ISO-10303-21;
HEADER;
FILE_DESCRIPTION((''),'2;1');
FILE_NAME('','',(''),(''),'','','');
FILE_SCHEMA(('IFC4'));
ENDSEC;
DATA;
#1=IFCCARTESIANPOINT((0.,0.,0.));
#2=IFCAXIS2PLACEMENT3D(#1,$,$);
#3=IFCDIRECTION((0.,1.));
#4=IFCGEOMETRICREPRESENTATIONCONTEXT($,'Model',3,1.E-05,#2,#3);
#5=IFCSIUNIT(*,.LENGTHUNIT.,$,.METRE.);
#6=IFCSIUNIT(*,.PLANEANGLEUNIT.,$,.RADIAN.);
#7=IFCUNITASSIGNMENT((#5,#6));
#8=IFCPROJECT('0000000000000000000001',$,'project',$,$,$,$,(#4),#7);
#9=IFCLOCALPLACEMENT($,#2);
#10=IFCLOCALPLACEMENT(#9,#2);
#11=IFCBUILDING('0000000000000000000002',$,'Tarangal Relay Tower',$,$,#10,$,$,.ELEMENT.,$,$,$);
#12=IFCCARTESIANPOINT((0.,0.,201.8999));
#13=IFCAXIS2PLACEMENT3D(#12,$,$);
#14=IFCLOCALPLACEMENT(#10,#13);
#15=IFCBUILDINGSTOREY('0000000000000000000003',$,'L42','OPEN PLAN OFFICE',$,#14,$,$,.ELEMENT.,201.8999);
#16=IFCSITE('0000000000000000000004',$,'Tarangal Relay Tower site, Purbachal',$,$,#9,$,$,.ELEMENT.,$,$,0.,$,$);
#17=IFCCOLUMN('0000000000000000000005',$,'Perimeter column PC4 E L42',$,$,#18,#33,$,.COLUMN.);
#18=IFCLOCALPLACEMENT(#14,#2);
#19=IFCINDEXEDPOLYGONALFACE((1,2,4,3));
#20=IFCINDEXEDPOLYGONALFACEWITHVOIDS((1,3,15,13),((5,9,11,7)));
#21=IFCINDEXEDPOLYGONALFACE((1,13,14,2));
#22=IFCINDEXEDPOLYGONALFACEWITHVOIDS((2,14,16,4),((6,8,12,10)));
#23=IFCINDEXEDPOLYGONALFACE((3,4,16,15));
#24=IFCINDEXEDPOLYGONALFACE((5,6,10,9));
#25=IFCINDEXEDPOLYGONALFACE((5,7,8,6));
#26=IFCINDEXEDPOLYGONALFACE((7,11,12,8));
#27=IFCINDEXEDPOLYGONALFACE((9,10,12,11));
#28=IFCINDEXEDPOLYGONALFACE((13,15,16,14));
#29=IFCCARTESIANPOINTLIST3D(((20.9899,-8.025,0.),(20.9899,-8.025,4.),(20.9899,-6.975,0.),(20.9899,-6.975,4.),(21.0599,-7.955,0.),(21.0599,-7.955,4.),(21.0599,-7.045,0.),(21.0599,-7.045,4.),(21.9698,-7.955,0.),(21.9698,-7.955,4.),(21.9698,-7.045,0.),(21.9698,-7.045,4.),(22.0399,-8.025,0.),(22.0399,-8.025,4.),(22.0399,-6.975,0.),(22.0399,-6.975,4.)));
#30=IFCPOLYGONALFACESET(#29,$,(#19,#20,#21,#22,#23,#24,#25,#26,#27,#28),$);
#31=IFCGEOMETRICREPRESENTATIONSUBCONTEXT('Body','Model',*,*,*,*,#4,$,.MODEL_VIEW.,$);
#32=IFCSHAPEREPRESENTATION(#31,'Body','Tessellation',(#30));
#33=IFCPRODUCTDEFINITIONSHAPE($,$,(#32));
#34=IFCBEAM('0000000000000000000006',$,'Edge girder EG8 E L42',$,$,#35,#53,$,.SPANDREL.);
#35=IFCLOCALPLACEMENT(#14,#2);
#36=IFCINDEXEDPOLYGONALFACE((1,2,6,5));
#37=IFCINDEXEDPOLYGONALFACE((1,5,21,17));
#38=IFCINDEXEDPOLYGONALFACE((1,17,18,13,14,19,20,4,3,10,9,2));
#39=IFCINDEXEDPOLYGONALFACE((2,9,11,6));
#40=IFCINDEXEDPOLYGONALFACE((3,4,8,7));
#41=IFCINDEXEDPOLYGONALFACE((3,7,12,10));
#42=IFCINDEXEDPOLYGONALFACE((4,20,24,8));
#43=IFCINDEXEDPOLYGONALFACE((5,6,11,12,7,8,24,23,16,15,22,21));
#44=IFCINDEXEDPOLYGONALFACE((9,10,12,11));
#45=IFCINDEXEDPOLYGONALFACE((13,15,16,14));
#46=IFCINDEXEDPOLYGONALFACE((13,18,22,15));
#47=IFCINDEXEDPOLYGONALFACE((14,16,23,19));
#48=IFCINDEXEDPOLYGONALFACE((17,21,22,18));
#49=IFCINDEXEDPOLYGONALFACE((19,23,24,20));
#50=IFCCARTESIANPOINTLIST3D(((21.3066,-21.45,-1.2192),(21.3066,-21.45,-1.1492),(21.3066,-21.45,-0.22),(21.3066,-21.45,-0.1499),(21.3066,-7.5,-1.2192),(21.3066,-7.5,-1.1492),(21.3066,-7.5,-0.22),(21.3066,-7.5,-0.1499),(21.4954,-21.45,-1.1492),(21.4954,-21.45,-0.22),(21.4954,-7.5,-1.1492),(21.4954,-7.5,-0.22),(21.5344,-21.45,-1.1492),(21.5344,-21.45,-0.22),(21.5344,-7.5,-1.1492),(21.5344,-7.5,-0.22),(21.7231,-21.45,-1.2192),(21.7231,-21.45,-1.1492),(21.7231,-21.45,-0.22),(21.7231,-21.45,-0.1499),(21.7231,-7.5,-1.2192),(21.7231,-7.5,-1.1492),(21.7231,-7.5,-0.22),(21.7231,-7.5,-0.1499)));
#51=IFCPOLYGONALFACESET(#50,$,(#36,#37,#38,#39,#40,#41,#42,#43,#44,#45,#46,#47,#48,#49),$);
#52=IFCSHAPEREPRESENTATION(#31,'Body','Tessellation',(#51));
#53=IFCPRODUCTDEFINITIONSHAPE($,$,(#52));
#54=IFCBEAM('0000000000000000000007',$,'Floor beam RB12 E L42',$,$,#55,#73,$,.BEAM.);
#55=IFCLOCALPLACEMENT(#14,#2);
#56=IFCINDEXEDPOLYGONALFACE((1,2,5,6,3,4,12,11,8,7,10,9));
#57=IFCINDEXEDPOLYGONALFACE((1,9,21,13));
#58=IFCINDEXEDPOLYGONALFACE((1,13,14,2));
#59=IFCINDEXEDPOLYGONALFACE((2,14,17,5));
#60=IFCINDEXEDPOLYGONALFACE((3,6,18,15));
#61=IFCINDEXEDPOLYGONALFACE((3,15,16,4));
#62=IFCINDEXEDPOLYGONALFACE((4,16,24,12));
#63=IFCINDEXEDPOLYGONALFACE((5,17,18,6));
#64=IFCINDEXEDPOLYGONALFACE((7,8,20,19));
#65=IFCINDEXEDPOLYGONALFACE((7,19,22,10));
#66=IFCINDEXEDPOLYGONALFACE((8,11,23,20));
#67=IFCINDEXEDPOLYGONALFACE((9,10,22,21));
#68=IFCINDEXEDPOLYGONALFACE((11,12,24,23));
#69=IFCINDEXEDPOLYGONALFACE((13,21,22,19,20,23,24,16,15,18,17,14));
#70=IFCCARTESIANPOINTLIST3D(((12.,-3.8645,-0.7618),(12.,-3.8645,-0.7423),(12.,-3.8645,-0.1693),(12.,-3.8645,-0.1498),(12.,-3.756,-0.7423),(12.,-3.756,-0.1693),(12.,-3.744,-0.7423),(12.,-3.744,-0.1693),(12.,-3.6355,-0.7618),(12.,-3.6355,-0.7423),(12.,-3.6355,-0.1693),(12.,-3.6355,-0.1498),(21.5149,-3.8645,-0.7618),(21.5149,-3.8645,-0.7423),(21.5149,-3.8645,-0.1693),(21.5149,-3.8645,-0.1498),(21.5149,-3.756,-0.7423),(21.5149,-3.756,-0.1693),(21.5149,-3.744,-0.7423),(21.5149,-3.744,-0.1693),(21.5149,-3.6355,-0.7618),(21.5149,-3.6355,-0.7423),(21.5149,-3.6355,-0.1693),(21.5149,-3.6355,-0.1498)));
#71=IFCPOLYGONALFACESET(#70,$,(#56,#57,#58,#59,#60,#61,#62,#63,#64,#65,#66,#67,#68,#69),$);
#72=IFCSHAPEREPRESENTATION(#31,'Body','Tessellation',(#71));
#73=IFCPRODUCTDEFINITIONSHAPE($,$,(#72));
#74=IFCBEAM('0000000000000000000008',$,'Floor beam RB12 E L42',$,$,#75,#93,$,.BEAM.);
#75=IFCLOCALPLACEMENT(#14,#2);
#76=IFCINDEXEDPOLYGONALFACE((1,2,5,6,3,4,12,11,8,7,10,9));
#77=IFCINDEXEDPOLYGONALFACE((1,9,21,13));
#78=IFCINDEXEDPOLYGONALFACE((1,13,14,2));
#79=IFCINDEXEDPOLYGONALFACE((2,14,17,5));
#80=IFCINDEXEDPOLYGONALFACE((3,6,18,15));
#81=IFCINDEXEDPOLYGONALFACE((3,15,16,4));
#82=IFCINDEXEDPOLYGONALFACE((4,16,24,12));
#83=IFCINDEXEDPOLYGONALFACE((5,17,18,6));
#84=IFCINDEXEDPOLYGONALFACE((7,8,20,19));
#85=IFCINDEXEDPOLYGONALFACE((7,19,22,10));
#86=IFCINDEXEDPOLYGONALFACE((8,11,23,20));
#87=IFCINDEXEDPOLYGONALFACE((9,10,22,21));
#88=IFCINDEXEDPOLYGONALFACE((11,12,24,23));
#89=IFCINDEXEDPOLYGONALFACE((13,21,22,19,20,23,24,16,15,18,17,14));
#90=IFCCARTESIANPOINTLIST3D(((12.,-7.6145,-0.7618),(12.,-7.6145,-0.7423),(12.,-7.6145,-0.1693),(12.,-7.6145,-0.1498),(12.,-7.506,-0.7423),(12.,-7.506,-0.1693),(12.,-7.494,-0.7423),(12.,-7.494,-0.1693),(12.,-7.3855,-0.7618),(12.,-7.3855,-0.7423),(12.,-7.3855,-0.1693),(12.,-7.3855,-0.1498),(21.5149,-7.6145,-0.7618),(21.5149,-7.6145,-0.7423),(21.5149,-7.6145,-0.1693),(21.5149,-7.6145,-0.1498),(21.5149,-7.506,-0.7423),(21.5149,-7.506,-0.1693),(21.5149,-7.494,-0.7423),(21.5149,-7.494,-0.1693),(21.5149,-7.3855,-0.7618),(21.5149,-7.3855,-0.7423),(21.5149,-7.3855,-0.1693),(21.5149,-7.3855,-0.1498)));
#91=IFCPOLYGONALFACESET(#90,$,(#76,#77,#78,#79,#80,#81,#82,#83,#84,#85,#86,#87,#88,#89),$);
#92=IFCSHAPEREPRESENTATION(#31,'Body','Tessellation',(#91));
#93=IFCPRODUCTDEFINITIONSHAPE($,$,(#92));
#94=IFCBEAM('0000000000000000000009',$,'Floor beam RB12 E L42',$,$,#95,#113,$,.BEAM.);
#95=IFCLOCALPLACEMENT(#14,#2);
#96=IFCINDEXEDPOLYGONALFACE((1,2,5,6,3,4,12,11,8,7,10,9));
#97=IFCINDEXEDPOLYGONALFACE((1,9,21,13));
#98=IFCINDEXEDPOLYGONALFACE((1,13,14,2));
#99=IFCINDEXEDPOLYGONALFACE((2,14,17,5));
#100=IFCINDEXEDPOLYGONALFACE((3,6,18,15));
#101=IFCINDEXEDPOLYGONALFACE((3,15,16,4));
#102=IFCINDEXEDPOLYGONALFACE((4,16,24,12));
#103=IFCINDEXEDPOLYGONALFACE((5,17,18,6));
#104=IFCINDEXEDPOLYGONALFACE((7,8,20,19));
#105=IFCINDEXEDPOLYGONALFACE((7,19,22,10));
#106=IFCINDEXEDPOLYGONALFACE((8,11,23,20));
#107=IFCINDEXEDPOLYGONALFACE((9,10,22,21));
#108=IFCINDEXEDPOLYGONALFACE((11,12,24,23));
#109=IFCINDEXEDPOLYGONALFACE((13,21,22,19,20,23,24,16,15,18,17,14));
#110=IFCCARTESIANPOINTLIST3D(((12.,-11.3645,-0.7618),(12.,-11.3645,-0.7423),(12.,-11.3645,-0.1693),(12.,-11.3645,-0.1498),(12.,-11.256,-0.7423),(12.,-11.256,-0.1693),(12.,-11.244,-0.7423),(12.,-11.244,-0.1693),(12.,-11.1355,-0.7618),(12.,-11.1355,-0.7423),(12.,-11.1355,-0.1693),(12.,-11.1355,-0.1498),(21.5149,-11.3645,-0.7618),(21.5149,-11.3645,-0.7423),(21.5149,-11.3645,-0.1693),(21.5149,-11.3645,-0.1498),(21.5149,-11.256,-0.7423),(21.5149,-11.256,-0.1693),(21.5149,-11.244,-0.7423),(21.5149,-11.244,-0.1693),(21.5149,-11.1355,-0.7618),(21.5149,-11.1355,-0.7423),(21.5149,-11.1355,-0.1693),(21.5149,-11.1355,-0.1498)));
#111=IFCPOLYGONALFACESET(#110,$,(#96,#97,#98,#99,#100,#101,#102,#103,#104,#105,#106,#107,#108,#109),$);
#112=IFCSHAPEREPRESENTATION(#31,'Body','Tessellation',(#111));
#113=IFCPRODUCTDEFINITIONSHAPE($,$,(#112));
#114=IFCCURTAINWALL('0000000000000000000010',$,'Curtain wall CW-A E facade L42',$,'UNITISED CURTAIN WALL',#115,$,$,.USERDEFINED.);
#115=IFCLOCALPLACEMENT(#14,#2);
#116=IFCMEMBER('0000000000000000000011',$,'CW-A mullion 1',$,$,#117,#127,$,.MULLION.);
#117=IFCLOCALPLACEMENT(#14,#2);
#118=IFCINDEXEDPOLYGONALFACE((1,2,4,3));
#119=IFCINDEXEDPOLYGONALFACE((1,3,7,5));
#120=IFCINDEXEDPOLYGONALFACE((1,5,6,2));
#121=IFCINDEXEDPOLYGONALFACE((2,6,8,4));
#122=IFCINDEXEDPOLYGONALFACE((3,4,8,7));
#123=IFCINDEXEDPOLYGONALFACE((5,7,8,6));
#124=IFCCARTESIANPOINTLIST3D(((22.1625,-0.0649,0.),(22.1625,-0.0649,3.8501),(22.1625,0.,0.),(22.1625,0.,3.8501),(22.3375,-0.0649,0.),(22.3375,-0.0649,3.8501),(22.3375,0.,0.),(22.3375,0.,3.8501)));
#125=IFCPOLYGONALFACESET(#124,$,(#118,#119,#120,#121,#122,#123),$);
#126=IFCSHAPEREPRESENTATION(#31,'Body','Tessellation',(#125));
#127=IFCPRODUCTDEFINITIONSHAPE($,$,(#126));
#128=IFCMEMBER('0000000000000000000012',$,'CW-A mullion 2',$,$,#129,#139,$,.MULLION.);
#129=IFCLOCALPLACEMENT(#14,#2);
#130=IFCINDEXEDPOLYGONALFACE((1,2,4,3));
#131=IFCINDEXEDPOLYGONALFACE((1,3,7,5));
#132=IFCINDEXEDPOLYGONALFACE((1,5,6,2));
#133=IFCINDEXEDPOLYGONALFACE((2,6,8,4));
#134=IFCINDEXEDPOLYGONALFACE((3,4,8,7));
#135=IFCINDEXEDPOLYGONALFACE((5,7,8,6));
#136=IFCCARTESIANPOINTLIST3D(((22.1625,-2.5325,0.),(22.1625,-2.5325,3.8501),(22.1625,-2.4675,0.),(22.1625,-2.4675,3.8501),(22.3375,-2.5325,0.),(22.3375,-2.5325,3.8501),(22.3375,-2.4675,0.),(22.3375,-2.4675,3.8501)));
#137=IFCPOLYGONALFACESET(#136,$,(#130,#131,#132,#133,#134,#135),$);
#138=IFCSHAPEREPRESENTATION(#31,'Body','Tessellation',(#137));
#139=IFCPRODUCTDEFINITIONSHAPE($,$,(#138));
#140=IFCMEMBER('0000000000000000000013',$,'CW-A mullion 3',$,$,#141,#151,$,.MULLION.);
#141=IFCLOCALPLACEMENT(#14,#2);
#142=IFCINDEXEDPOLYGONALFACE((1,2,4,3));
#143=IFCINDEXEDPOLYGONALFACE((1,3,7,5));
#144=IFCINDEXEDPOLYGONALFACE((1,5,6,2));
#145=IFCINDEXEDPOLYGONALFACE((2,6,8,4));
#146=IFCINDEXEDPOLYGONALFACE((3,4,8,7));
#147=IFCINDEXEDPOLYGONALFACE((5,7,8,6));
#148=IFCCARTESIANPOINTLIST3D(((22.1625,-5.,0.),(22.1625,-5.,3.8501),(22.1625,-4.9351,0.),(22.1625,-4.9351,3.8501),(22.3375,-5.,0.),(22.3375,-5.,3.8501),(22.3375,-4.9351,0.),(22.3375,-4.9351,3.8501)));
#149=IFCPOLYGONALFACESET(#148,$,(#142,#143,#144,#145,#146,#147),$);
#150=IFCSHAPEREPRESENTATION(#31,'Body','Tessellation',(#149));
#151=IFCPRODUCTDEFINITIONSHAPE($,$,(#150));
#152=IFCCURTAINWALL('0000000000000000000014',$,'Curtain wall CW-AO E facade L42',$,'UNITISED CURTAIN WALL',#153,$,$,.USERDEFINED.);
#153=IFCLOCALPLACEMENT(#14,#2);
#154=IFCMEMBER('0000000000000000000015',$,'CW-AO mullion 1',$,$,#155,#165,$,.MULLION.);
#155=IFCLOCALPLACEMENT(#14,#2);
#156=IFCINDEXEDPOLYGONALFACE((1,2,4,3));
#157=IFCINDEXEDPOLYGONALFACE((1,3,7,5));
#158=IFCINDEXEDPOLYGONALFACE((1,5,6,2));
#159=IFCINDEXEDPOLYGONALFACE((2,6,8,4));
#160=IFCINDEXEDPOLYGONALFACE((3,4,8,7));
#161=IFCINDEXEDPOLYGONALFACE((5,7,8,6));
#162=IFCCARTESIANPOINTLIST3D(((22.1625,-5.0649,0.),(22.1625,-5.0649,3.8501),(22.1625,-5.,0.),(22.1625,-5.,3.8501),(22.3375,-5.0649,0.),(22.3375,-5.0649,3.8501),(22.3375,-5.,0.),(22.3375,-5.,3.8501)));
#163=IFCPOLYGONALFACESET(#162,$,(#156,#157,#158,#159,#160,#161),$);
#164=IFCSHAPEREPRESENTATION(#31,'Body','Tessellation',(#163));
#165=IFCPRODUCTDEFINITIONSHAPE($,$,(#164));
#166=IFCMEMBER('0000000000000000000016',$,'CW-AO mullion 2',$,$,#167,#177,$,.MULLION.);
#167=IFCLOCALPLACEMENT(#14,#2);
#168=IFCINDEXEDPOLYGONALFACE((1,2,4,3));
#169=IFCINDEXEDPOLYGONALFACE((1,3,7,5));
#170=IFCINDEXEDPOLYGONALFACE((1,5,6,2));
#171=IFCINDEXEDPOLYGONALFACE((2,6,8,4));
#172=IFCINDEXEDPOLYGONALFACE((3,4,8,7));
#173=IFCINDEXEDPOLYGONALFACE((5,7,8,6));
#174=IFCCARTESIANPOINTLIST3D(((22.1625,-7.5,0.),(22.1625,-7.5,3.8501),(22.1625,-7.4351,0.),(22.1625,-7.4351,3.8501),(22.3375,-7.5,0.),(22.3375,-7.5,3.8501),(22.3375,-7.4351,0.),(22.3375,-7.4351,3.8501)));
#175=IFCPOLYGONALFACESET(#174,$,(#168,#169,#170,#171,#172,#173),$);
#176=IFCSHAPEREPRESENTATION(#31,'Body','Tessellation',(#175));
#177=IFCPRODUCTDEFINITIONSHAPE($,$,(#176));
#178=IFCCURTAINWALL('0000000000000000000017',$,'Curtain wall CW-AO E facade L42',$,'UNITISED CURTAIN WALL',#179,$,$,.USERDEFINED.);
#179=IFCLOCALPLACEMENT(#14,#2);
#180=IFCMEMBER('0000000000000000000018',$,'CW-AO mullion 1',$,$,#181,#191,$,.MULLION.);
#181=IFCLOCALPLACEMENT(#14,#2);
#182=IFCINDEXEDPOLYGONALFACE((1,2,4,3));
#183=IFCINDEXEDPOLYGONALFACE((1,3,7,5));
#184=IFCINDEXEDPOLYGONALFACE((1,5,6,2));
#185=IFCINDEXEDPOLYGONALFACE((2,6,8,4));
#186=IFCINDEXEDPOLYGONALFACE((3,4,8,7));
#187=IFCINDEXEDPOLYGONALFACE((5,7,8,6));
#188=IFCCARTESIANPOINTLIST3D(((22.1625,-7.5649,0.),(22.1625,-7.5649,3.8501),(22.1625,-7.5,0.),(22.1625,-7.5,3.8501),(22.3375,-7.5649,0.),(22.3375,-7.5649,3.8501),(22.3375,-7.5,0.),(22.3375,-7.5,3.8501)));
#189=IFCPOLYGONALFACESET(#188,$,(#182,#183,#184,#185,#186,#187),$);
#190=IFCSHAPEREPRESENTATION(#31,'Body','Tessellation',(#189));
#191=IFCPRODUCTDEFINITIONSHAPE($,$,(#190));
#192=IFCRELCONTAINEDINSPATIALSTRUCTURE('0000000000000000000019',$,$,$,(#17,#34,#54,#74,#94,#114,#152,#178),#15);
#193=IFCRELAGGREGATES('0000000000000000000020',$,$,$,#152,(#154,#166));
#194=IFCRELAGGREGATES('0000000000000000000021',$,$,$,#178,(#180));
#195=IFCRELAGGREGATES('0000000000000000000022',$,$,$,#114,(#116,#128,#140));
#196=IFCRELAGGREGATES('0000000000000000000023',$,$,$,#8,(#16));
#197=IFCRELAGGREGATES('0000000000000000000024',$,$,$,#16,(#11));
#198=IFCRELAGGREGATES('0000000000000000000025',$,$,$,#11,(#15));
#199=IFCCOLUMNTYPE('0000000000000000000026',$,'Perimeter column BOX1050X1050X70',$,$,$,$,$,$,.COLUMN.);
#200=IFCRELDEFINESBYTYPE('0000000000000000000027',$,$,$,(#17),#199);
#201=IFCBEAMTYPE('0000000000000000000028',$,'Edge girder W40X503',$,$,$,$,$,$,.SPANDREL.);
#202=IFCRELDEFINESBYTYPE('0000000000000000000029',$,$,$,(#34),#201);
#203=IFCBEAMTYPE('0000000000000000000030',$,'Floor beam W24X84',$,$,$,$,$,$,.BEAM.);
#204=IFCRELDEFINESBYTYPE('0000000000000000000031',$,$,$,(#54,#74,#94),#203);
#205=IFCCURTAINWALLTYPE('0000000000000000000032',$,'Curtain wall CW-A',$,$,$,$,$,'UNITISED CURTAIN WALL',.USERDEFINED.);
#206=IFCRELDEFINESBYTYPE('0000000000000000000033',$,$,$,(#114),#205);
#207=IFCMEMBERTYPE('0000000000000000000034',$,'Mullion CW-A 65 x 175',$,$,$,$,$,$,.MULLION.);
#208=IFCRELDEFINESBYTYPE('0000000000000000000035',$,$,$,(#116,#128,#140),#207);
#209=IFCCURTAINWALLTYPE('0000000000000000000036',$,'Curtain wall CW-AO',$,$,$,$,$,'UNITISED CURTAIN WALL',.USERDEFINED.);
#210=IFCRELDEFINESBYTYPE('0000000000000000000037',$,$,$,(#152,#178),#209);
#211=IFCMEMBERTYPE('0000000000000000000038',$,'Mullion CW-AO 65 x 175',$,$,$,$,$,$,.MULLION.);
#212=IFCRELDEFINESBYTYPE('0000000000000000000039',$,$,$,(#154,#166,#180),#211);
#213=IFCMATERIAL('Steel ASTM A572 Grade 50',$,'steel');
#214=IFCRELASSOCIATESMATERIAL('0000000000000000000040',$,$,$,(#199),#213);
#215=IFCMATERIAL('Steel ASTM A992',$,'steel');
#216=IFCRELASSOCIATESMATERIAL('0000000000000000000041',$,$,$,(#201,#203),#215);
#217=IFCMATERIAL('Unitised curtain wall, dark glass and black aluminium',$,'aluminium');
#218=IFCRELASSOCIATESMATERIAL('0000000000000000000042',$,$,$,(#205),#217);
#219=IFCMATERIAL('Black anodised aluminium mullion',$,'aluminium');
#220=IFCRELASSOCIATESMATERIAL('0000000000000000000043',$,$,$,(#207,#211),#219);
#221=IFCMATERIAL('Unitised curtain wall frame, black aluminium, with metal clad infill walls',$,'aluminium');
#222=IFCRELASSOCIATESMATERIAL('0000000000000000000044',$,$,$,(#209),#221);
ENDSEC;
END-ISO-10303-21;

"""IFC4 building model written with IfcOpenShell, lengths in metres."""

from ifc_helpers import new_model, si_unit, direction, frame, origin, origin_2d, place, context, subcontext, project, spatial, rectangle, hollow_rectangle, i_section, extrude, material, material_profile, profile_set, type_object, element, aggregate, save


model = new_model("IFC4")

# Units and contexts
model_context = context("Model", 3, precision=1e-05, world=origin(), true_north=direction((0.0, 1.0)))
body_context = subcontext(model_context, "Body", "Model", "MODEL_VIEW")
ifc_project = project(units=[si_unit("LENGTHUNIT", "METRE"), si_unit("PLANEANGLEUNIT", "RADIAN")], contexts=[model_context])

# Site, building, storey
site_placement = place(None, origin())
site = spatial("IfcSite", under=ifc_project, at=site_placement, Name="Tarangal Relay Tower site, Purbachal", CompositionType="ELEMENT", RefElevation=0.0)
building_placement = place(site_placement, origin())
building = spatial("IfcBuilding", under=site, at=building_placement, Name="Tarangal Relay Tower", CompositionType="ELEMENT")
storey_placement = place(building_placement, frame((0.0, 0.0, 201.8999)))
storey = spatial("IfcBuildingStorey", under=building, at=storey_placement, Name="L42", Description="OPEN PLAN OFFICE", CompositionType="ELEMENT", Elevation=201.8999)

# Column
ifc_material_1 = material(Name="Steel ASTM A572 Grade 50", Category="steel")
ifc_material_profile_1 = material_profile(ifc_material_1, hollow_rectangle(XDim=1.05, YDim=1.05, WallThickness=0.0701, at=origin_2d()), Name="BOX1050X1050X70")
ifc_profile_set_1 = profile_set([ifc_material_profile_1], Name="Steel ASTM A572 Grade 50")
column_type = type_object("IfcColumnType", Name="Perimeter column BOX1050X1050X70", PredefinedType="COLUMN", material=ifc_profile_set_1)
column_placement = place(storey_placement, frame((21.5149, -7.5, 0.0), z_axis=(0.0, 0.0, 1.0), x_axis=(1.0, 0.0, 0.0)))
element("IfcColumn", 1, at=column_placement, inside=storey, type_object=column_type, Name="Perimeter column PC4 E L42", PredefinedType="COLUMN", context=body_context, shape_type="SweptSolid", body=[
    extrude(hollow_rectangle(XDim=1.05, YDim=1.05, WallThickness=0.0701, at=origin_2d()), origin(), (0.0, 0.0, 1.0), 4.0),
])

# Beams
ifc_material_2 = material(Name="Steel ASTM A992", Category="steel")
ifc_material_profile_2 = material_profile(ifc_material_2, i_section(OverallWidth=0.4165, OverallDepth=1.0693, WebThickness=0.0391, FlangeThickness=0.0701, at=origin_2d()), Name="W40X503")
ifc_profile_set_2 = profile_set([ifc_material_profile_2], Name="Steel ASTM A992")
beam_type_1 = type_object("IfcBeamType", Name="Edge girder W40X503", PredefinedType="SPANDREL", material=ifc_profile_set_2)
beam_placement = place(storey_placement, frame((21.5149, -7.5, -0.6846), z_axis=(0.0, -1.0, 0.0), x_axis=(1.0, 0.0, 0.0)))
element("IfcBeam", 2, at=beam_placement, inside=storey, type_object=beam_type_1, Name="Edge girder EG8 E L42", PredefinedType="SPANDREL", context=body_context, shape_type="SweptSolid", body=[
    extrude(i_section(OverallWidth=0.4165, OverallDepth=1.0693, WebThickness=0.0391, FlangeThickness=0.0701, at=origin_2d()), origin(), (0.0, 0.0, 1.0), 13.95),
])
ifc_material_profile_3 = material_profile(ifc_material_2, i_section(OverallWidth=0.229, OverallDepth=0.6121, WebThickness=0.012, FlangeThickness=0.0195, at=origin_2d()), Name="W24X84")
ifc_profile_set_3 = profile_set([ifc_material_profile_3], Name="Steel ASTM A992")
beam_type_2 = type_object("IfcBeamType", Name="Floor beam W24X84", PredefinedType="BEAM", material=ifc_profile_set_3)
for number, where, z_axis, x_axis, name in (
    (3, (12.0, -3.75, -0.4558), (1.0, 0.0, 0.0), (0.0, 1.0, 0.0), "Floor beam RB12 E L42"),
    (4, (12.0, -7.5, -0.4558), (1.0, 0.0, 0.0), (0.0, 1.0, 0.0), "Floor beam RB12 E L42"),
    (5, (12.0, -11.25, -0.4558), (1.0, 0.0, 0.0), (0.0, 1.0, 0.0), "Floor beam RB12 E L42"),
):
    element("IfcBeam", number, at=place(storey_placement, frame(where, z_axis=z_axis, x_axis=x_axis)), inside=storey, type_object=beam_type_2, Name=name, PredefinedType="BEAM", context=body_context, shape_type="SweptSolid", body=[
        extrude(i_section(OverallWidth=0.229, OverallDepth=0.6121, WebThickness=0.012, FlangeThickness=0.0195, at=origin_2d()), origin(), (0.0, 0.0, 1.0), 9.5149),
    ])

# Curtain walls, members
ifc_material_3 = material(Name="Unitised curtain wall, dark glass and black aluminium", Category="aluminium")
curtain_wall_type_1 = type_object("IfcCurtainWallType", Name="Curtain wall CW-A", ElementType="UNITISED CURTAIN WALL", PredefinedType="USERDEFINED", material=ifc_material_3)
curtain_wall_1_placement = place(storey_placement, origin())
curtain_wall_1 = element("IfcCurtainWall", 6, at=curtain_wall_1_placement, inside=storey, type_object=curtain_wall_type_1, Name="Curtain wall CW-A E facade L42", ObjectType="UNITISED CURTAIN WALL", PredefinedType="USERDEFINED")
ifc_material_4 = material(Name="Black anodised aluminium mullion", Category="aluminium")
ifc_material_profile_4 = material_profile(ifc_material_4, rectangle(XDim=0.175, YDim=0.0649, at=origin_2d()), Name="CW-AM 65X175")
ifc_profile_set_4 = profile_set([ifc_material_profile_4], Name="Black anodised aluminium mullion")
member_type_1 = type_object("IfcMemberType", Name="Mullion CW-A 65 x 175", PredefinedType="MULLION", material=ifc_profile_set_4)
member_1_placement = place(storey_placement, frame((22.25, -0.0325, 0.0), z_axis=(0.0, 0.0, 1.0), x_axis=(1.0, 0.0, 0.0)))
member_1 = element("IfcMember", 7, at=member_1_placement, type_object=member_type_1, Name="CW-A mullion 1", PredefinedType="MULLION", context=body_context, shape_type="SweptSolid", body=[
    extrude(rectangle(XDim=0.175, YDim=0.0649, at=origin_2d()), origin(), (0.0, 0.0, 1.0), 3.8501),
])
member_2_placement = place(storey_placement, frame((22.25, -2.5, 0.0), z_axis=(0.0, 0.0, 1.0), x_axis=(1.0, 0.0, 0.0)))
member_2 = element("IfcMember", 8, at=member_2_placement, type_object=member_type_1, Name="CW-A mullion 2", PredefinedType="MULLION", context=body_context, shape_type="SweptSolid", body=[
    extrude(rectangle(XDim=0.175, YDim=0.0649, at=origin_2d()), origin(), (0.0, 0.0, 1.0), 3.8501),
])
member_3_placement = place(storey_placement, frame((22.25, -4.9675, 0.0), z_axis=(0.0, 0.0, 1.0), x_axis=(1.0, 0.0, 0.0)))
member_3 = element("IfcMember", 9, at=member_3_placement, type_object=member_type_1, Name="CW-A mullion 3", PredefinedType="MULLION", context=body_context, shape_type="SweptSolid", body=[
    extrude(rectangle(XDim=0.175, YDim=0.0649, at=origin_2d()), origin(), (0.0, 0.0, 1.0), 3.8501),
])
ifc_material_5 = material(Name="Unitised curtain wall frame, black aluminium, with metal clad infill walls", Category="aluminium")
curtain_wall_type_2 = type_object("IfcCurtainWallType", Name="Curtain wall CW-AO", ElementType="UNITISED CURTAIN WALL", PredefinedType="USERDEFINED", material=ifc_material_5)
curtain_wall_2_placement = place(storey_placement, origin())
curtain_wall_2 = element("IfcCurtainWall", 10, at=curtain_wall_2_placement, inside=storey, type_object=curtain_wall_type_2, Name="Curtain wall CW-AO E facade L42", ObjectType="UNITISED CURTAIN WALL", PredefinedType="USERDEFINED")
ifc_material_profile_5 = material_profile(ifc_material_4, rectangle(XDim=0.175, YDim=0.0649, at=origin_2d()), Name="CW-AOM 65X175")
ifc_profile_set_5 = profile_set([ifc_material_profile_5], Name="Black anodised aluminium mullion")
member_type_2 = type_object("IfcMemberType", Name="Mullion CW-AO 65 x 175", PredefinedType="MULLION", material=ifc_profile_set_5)
member_4_placement = place(storey_placement, frame((22.25, -5.0325, 0.0), z_axis=(0.0, 0.0, 1.0), x_axis=(1.0, 0.0, 0.0)))
member_4 = element("IfcMember", 11, at=member_4_placement, type_object=member_type_2, Name="CW-AO mullion 1", PredefinedType="MULLION", context=body_context, shape_type="SweptSolid", body=[
    extrude(rectangle(XDim=0.175, YDim=0.0649, at=origin_2d()), origin(), (0.0, 0.0, 1.0), 3.8501),
])
member_5_placement = place(storey_placement, frame((22.25, -7.4675, 0.0), z_axis=(0.0, 0.0, 1.0), x_axis=(1.0, 0.0, 0.0)))
member_5 = element("IfcMember", 12, at=member_5_placement, type_object=member_type_2, Name="CW-AO mullion 2", PredefinedType="MULLION", context=body_context, shape_type="SweptSolid", body=[
    extrude(rectangle(XDim=0.175, YDim=0.0649, at=origin_2d()), origin(), (0.0, 0.0, 1.0), 3.8501),
])
curtain_wall_3_placement = place(storey_placement, origin())
curtain_wall_3 = element("IfcCurtainWall", 13, at=curtain_wall_3_placement, inside=storey, type_object=curtain_wall_type_2, Name="Curtain wall CW-AO E facade L42", ObjectType="UNITISED CURTAIN WALL", PredefinedType="USERDEFINED")
member_6_placement = place(storey_placement, frame((22.25, -7.5325, 0.0), z_axis=(0.0, 0.0, 1.0), x_axis=(1.0, 0.0, 0.0)))
member_6 = element("IfcMember", 14, at=member_6_placement, type_object=member_type_2, Name="CW-AO mullion 1", PredefinedType="MULLION", context=body_context, shape_type="SweptSolid", body=[
    extrude(rectangle(XDim=0.175, YDim=0.0649, at=origin_2d()), origin(), (0.0, 0.0, 1.0), 3.8501),
])

aggregate(curtain_wall_2, [member_4, member_5])
aggregate(curtain_wall_3, [member_6])

aggregate(curtain_wall_1, [member_1, member_2, member_3])

save(model, "model.ifc")
